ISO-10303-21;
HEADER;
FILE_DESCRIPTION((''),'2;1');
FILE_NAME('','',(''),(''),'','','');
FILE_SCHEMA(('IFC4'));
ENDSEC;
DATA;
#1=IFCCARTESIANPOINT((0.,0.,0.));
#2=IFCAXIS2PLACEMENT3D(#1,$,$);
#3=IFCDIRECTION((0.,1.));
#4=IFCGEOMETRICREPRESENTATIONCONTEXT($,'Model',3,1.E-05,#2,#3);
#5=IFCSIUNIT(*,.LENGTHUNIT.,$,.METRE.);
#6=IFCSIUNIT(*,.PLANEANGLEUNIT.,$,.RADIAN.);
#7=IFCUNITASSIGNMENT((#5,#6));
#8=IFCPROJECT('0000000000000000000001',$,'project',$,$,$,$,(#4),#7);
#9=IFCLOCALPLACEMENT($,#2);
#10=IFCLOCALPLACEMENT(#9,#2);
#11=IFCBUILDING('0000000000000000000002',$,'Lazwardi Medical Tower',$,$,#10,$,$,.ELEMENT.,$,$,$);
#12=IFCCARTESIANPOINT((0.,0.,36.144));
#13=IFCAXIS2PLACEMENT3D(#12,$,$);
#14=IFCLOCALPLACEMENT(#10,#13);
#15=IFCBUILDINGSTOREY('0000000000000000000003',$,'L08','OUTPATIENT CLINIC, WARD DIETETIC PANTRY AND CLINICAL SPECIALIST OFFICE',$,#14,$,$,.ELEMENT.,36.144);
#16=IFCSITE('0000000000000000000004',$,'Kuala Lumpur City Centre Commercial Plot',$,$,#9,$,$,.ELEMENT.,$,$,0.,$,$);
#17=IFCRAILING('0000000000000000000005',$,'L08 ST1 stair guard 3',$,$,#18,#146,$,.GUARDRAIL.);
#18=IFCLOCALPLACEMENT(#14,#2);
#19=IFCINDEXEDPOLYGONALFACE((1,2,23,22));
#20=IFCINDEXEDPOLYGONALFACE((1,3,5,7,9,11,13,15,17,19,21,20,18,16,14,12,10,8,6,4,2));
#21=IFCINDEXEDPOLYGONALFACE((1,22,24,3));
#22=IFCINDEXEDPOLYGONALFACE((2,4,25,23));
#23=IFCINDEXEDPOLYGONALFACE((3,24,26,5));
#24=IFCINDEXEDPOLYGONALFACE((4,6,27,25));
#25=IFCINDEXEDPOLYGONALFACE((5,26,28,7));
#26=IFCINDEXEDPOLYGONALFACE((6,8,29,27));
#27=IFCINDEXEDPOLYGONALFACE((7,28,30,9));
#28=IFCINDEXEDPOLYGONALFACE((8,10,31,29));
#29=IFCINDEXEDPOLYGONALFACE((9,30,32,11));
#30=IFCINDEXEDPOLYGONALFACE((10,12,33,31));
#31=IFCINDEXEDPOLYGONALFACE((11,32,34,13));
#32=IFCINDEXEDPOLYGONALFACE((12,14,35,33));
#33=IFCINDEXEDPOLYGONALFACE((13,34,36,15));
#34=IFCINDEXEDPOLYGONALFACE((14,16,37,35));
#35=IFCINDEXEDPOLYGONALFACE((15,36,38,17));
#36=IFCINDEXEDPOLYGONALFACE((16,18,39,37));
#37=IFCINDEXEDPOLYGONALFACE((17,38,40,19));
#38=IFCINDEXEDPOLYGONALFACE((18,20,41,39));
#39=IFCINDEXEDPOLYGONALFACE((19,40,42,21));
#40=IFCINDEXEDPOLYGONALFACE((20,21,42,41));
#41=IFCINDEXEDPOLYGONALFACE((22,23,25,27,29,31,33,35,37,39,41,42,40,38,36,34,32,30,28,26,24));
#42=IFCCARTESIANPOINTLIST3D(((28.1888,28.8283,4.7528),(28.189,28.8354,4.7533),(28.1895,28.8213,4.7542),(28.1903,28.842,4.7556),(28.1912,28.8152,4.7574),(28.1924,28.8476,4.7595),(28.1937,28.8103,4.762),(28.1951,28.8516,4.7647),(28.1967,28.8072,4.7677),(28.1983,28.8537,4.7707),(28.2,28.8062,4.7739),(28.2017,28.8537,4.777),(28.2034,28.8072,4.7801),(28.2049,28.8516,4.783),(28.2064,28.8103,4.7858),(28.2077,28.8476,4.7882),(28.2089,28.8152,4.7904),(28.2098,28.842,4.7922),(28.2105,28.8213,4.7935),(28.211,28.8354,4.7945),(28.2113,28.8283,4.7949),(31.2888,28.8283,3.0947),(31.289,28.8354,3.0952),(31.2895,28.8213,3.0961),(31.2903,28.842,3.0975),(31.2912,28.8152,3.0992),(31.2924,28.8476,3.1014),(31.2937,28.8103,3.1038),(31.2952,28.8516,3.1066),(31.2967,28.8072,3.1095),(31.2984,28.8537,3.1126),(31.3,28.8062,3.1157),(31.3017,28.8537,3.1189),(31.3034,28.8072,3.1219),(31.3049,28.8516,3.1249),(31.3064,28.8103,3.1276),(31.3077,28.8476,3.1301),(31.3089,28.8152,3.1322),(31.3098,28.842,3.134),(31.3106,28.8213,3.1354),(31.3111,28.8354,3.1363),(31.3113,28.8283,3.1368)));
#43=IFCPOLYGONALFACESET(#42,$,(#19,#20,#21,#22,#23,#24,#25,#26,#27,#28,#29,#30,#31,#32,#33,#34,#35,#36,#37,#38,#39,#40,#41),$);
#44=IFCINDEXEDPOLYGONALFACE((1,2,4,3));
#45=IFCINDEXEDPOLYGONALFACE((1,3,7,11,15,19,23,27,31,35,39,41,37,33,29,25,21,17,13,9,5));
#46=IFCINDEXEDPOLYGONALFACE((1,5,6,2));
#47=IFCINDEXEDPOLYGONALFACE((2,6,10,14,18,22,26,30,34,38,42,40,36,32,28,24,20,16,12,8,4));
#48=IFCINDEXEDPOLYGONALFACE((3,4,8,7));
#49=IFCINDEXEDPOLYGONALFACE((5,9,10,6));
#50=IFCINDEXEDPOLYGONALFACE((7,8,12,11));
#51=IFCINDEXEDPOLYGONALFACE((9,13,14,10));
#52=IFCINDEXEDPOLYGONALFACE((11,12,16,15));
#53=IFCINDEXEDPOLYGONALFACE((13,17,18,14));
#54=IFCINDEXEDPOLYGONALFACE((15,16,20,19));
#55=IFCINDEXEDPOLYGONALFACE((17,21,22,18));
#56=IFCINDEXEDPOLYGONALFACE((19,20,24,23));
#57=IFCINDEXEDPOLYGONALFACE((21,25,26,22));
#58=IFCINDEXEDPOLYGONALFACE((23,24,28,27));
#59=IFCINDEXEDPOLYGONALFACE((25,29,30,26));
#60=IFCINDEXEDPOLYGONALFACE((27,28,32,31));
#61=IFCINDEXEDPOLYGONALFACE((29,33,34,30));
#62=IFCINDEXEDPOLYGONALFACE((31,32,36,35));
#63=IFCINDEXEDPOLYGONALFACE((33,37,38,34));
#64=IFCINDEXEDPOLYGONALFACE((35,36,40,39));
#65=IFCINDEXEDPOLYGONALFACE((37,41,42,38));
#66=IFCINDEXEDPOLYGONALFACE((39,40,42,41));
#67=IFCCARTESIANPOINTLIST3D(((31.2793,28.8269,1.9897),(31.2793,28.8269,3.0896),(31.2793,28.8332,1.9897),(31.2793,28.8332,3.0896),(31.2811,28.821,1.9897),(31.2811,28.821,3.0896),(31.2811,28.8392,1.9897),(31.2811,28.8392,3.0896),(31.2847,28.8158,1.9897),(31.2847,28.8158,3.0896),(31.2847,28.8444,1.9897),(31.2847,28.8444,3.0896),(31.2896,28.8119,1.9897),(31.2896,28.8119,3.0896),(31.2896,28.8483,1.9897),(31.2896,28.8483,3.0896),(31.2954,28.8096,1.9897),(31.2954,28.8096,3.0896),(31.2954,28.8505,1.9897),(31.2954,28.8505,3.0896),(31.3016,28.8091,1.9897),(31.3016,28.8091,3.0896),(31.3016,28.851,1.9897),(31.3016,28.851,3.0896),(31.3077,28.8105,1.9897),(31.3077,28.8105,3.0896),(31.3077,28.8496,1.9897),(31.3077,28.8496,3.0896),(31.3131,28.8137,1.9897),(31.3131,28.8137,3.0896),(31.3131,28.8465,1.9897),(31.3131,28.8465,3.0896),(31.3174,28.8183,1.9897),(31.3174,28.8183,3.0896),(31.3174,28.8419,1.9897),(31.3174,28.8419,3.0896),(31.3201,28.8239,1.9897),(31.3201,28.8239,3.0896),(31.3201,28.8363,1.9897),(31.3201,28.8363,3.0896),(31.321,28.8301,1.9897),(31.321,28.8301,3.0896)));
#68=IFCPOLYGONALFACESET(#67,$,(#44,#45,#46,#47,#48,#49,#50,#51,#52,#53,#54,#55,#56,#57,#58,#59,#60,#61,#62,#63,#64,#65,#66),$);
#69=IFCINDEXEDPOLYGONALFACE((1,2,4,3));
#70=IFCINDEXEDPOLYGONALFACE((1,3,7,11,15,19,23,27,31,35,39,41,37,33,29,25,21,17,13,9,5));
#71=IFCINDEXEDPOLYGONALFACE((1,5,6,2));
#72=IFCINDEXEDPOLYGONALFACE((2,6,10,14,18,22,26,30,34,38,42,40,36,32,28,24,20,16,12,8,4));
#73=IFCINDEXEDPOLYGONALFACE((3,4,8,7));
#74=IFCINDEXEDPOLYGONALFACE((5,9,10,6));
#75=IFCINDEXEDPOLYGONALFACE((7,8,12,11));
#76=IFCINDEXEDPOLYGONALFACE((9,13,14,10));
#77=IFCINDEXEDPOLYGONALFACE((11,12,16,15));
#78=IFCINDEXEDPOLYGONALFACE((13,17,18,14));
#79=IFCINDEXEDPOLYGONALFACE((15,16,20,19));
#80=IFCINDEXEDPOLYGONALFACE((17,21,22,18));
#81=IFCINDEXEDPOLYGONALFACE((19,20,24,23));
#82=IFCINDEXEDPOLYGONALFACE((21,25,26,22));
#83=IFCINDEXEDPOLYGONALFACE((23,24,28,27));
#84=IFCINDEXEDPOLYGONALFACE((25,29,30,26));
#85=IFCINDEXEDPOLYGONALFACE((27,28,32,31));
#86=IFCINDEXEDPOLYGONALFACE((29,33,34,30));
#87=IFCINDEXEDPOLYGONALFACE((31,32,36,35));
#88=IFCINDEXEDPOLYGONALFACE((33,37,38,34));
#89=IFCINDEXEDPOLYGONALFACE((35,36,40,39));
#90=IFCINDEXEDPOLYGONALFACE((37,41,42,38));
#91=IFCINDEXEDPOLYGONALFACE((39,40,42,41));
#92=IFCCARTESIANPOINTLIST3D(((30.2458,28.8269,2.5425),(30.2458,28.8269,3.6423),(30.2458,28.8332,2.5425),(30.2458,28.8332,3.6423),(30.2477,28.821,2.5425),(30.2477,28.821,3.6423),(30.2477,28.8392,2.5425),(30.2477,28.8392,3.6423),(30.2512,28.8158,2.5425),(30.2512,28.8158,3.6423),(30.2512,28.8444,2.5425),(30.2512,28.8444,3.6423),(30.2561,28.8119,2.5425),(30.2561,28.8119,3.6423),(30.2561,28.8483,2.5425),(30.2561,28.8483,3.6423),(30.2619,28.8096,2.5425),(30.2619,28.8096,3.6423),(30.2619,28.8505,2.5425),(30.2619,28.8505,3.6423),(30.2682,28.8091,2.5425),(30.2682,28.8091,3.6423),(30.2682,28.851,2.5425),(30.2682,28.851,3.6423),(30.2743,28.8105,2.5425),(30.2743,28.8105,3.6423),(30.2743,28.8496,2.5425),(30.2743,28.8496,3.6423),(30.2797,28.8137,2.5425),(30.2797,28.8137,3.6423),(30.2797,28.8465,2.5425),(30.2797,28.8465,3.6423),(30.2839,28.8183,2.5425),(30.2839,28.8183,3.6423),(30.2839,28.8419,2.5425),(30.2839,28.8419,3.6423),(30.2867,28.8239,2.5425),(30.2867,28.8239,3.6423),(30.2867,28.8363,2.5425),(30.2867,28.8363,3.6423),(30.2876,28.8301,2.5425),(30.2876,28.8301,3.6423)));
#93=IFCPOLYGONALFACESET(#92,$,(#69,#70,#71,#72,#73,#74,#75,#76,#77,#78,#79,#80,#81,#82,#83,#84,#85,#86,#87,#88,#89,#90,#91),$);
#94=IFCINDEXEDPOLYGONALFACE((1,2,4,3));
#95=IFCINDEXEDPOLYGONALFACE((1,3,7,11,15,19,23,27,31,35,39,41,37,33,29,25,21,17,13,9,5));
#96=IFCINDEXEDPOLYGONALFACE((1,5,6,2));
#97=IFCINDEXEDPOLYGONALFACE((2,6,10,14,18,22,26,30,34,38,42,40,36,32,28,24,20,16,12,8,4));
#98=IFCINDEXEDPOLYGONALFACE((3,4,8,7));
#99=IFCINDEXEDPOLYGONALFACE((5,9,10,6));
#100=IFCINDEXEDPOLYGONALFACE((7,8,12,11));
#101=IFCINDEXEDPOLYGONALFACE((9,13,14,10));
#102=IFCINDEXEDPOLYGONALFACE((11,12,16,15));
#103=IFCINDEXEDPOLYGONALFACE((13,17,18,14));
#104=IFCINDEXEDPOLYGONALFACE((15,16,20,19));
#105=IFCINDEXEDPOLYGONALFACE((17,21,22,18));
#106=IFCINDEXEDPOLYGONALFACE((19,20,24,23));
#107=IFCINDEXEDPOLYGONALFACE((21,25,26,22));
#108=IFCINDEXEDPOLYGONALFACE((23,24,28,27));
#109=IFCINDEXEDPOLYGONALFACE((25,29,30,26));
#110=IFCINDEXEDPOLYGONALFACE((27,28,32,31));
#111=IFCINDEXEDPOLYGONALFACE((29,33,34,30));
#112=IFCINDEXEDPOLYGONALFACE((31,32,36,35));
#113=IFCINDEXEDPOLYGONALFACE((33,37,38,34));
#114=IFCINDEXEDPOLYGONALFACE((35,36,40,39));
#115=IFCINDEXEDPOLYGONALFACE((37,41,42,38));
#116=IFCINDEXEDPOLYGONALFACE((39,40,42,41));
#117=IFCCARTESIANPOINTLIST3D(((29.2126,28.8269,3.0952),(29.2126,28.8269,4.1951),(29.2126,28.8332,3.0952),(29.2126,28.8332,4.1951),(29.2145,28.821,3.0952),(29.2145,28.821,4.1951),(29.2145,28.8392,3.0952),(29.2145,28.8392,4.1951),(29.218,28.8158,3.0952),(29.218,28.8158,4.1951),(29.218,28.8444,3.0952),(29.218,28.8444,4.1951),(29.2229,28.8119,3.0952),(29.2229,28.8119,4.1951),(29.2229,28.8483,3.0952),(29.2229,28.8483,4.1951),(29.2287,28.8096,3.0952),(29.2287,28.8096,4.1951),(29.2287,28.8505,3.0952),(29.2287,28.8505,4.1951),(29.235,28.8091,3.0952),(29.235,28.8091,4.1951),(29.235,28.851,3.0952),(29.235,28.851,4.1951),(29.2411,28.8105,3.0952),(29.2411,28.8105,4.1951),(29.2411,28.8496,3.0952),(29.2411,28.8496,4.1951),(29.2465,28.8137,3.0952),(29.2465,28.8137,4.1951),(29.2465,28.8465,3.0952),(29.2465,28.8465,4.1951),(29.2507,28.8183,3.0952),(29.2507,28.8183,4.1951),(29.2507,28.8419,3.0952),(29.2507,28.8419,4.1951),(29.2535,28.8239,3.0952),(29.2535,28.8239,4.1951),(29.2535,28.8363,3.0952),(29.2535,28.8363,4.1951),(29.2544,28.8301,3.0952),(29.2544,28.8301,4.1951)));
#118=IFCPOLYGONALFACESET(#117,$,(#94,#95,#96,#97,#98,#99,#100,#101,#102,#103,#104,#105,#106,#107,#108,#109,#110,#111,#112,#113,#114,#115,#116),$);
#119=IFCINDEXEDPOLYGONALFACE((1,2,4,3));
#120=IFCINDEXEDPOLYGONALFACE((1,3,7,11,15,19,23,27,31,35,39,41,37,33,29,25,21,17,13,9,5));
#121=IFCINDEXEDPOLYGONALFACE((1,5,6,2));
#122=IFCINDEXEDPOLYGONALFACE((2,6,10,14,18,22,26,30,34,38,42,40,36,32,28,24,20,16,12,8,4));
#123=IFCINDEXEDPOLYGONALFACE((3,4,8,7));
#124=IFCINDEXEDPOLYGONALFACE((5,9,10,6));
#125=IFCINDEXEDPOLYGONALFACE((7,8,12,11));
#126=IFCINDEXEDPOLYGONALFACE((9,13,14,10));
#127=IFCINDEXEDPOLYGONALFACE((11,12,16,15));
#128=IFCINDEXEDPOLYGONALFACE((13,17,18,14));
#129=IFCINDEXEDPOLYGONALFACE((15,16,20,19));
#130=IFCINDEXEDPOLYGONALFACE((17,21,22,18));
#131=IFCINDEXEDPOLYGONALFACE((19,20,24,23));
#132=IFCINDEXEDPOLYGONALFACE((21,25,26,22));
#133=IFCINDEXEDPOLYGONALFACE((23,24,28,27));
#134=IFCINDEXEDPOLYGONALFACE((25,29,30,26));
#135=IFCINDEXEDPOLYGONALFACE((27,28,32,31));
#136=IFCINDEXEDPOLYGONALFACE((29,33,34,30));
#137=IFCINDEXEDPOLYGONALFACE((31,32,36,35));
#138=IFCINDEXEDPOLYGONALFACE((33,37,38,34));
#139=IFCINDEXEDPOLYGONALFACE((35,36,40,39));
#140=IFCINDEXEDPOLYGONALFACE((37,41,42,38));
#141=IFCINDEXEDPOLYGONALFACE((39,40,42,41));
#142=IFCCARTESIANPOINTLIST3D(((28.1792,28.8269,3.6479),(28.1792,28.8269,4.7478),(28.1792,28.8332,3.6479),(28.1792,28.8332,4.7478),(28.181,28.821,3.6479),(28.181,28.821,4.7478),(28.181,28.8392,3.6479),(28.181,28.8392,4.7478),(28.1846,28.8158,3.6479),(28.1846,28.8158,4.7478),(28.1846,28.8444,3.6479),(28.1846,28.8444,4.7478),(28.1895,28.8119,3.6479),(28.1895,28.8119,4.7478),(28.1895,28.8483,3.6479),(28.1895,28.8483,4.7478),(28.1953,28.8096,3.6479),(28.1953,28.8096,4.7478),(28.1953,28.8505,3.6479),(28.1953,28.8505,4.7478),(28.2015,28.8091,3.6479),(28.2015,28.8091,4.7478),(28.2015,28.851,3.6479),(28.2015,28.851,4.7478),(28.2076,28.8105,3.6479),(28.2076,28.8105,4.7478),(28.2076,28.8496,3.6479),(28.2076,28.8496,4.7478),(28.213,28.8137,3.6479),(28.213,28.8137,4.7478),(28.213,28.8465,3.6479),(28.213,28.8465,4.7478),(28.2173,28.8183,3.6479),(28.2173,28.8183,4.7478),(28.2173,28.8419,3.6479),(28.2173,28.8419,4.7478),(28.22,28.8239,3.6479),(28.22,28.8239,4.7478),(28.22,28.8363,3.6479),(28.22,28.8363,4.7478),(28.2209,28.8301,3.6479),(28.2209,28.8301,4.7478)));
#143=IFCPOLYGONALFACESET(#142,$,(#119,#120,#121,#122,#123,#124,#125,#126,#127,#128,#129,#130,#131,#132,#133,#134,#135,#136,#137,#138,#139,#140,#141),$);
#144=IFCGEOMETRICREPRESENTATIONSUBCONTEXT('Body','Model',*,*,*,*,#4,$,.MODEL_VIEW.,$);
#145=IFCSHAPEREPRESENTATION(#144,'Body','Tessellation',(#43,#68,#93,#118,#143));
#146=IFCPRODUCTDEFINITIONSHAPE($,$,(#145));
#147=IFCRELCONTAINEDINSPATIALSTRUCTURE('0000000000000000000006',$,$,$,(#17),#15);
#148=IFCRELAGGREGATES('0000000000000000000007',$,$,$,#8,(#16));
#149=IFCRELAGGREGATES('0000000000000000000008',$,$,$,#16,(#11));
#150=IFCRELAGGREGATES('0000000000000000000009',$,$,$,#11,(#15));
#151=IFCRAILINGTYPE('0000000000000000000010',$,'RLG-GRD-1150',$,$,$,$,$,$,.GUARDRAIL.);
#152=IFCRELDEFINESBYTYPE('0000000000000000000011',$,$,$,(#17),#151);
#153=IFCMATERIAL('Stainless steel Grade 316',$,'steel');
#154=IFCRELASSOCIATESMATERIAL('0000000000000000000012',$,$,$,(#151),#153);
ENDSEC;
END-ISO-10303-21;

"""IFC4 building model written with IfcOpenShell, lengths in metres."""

from ifc_helpers import new_model, si_unit, direction, frame, origin, origin_2d, place, context, subcontext, project, spatial, circle, extrude, material, type_object, element, save


model = new_model("IFC4")

# Units and contexts
model_context = context("Model", 3, precision=1e-05, world=origin(), true_north=direction((0.0, 1.0)))
body_context = subcontext(model_context, "Body", "Model", "MODEL_VIEW")
ifc_project = project(units=[si_unit("LENGTHUNIT", "METRE"), si_unit("PLANEANGLEUNIT", "RADIAN")], contexts=[model_context])

# Site, building, storey
site_placement = place(None, origin())
site = spatial("IfcSite", under=ifc_project, at=site_placement, Name="Kuala Lumpur City Centre Commercial Plot", CompositionType="ELEMENT", RefElevation=0.0)
building_placement = place(site_placement, origin())
building = spatial("IfcBuilding", under=site, at=building_placement, Name="Lazwardi Medical Tower", CompositionType="ELEMENT")
storey_placement = place(building_placement, frame((0.0, 0.0, 36.144)))
storey = spatial("IfcBuildingStorey", under=building, at=storey_placement, Name="L08", Description="OUTPATIENT CLINIC, WARD DIETETIC PANTRY AND CLINICAL SPECIALIST OFFICE", CompositionType="ELEMENT", Elevation=36.144)

# Railing
ifc_material_1 = material(Name="Stainless steel Grade 316", Category="steel")
railing_type_1 = type_object("IfcRailingType", Name="RLG-GRD-1150", PredefinedType="GUARDRAIL", material=ifc_material_1)
railing_1_placement = place(storey_placement, frame((31.3, 28.8301, 1.9897)))
element("IfcRailing", 1, at=railing_1_placement, inside=storey, type_object=railing_type_1, Name="L08 ST1 stair guard 3", PredefinedType="GUARDRAIL", context=body_context, shape_type="SweptSolid", body=[
    extrude(circle(Radius=0.0239, at=origin_2d()), frame((0.0, 0.0, 1.126), z_axis=(-0.881783, 0.0, 0.471655), x_axis=(0.0, -1.0, 0.0)), (0.0, 0.0, 1.0), 3.5156),
    extrude(circle(Radius=0.021, at=origin_2d()), origin(), (0.0, 0.0, 1.0), 1.0999),
    extrude(circle(Radius=0.021, at=origin_2d()), frame((-1.0334, 0.0, 0.5527)), (0.0, 0.0, 1.0), 1.0999),
    extrude(circle(Radius=0.021, at=origin_2d()), frame((-2.0667, 0.0, 1.1055)), (0.0, 0.0, 1.0), 1.0999),
    extrude(circle(Radius=0.021, at=origin_2d()), frame((-3.1001, 0.0, 1.6582)), (0.0, 0.0, 1.0), 1.0999),
])

save(model, "model.ifc")
